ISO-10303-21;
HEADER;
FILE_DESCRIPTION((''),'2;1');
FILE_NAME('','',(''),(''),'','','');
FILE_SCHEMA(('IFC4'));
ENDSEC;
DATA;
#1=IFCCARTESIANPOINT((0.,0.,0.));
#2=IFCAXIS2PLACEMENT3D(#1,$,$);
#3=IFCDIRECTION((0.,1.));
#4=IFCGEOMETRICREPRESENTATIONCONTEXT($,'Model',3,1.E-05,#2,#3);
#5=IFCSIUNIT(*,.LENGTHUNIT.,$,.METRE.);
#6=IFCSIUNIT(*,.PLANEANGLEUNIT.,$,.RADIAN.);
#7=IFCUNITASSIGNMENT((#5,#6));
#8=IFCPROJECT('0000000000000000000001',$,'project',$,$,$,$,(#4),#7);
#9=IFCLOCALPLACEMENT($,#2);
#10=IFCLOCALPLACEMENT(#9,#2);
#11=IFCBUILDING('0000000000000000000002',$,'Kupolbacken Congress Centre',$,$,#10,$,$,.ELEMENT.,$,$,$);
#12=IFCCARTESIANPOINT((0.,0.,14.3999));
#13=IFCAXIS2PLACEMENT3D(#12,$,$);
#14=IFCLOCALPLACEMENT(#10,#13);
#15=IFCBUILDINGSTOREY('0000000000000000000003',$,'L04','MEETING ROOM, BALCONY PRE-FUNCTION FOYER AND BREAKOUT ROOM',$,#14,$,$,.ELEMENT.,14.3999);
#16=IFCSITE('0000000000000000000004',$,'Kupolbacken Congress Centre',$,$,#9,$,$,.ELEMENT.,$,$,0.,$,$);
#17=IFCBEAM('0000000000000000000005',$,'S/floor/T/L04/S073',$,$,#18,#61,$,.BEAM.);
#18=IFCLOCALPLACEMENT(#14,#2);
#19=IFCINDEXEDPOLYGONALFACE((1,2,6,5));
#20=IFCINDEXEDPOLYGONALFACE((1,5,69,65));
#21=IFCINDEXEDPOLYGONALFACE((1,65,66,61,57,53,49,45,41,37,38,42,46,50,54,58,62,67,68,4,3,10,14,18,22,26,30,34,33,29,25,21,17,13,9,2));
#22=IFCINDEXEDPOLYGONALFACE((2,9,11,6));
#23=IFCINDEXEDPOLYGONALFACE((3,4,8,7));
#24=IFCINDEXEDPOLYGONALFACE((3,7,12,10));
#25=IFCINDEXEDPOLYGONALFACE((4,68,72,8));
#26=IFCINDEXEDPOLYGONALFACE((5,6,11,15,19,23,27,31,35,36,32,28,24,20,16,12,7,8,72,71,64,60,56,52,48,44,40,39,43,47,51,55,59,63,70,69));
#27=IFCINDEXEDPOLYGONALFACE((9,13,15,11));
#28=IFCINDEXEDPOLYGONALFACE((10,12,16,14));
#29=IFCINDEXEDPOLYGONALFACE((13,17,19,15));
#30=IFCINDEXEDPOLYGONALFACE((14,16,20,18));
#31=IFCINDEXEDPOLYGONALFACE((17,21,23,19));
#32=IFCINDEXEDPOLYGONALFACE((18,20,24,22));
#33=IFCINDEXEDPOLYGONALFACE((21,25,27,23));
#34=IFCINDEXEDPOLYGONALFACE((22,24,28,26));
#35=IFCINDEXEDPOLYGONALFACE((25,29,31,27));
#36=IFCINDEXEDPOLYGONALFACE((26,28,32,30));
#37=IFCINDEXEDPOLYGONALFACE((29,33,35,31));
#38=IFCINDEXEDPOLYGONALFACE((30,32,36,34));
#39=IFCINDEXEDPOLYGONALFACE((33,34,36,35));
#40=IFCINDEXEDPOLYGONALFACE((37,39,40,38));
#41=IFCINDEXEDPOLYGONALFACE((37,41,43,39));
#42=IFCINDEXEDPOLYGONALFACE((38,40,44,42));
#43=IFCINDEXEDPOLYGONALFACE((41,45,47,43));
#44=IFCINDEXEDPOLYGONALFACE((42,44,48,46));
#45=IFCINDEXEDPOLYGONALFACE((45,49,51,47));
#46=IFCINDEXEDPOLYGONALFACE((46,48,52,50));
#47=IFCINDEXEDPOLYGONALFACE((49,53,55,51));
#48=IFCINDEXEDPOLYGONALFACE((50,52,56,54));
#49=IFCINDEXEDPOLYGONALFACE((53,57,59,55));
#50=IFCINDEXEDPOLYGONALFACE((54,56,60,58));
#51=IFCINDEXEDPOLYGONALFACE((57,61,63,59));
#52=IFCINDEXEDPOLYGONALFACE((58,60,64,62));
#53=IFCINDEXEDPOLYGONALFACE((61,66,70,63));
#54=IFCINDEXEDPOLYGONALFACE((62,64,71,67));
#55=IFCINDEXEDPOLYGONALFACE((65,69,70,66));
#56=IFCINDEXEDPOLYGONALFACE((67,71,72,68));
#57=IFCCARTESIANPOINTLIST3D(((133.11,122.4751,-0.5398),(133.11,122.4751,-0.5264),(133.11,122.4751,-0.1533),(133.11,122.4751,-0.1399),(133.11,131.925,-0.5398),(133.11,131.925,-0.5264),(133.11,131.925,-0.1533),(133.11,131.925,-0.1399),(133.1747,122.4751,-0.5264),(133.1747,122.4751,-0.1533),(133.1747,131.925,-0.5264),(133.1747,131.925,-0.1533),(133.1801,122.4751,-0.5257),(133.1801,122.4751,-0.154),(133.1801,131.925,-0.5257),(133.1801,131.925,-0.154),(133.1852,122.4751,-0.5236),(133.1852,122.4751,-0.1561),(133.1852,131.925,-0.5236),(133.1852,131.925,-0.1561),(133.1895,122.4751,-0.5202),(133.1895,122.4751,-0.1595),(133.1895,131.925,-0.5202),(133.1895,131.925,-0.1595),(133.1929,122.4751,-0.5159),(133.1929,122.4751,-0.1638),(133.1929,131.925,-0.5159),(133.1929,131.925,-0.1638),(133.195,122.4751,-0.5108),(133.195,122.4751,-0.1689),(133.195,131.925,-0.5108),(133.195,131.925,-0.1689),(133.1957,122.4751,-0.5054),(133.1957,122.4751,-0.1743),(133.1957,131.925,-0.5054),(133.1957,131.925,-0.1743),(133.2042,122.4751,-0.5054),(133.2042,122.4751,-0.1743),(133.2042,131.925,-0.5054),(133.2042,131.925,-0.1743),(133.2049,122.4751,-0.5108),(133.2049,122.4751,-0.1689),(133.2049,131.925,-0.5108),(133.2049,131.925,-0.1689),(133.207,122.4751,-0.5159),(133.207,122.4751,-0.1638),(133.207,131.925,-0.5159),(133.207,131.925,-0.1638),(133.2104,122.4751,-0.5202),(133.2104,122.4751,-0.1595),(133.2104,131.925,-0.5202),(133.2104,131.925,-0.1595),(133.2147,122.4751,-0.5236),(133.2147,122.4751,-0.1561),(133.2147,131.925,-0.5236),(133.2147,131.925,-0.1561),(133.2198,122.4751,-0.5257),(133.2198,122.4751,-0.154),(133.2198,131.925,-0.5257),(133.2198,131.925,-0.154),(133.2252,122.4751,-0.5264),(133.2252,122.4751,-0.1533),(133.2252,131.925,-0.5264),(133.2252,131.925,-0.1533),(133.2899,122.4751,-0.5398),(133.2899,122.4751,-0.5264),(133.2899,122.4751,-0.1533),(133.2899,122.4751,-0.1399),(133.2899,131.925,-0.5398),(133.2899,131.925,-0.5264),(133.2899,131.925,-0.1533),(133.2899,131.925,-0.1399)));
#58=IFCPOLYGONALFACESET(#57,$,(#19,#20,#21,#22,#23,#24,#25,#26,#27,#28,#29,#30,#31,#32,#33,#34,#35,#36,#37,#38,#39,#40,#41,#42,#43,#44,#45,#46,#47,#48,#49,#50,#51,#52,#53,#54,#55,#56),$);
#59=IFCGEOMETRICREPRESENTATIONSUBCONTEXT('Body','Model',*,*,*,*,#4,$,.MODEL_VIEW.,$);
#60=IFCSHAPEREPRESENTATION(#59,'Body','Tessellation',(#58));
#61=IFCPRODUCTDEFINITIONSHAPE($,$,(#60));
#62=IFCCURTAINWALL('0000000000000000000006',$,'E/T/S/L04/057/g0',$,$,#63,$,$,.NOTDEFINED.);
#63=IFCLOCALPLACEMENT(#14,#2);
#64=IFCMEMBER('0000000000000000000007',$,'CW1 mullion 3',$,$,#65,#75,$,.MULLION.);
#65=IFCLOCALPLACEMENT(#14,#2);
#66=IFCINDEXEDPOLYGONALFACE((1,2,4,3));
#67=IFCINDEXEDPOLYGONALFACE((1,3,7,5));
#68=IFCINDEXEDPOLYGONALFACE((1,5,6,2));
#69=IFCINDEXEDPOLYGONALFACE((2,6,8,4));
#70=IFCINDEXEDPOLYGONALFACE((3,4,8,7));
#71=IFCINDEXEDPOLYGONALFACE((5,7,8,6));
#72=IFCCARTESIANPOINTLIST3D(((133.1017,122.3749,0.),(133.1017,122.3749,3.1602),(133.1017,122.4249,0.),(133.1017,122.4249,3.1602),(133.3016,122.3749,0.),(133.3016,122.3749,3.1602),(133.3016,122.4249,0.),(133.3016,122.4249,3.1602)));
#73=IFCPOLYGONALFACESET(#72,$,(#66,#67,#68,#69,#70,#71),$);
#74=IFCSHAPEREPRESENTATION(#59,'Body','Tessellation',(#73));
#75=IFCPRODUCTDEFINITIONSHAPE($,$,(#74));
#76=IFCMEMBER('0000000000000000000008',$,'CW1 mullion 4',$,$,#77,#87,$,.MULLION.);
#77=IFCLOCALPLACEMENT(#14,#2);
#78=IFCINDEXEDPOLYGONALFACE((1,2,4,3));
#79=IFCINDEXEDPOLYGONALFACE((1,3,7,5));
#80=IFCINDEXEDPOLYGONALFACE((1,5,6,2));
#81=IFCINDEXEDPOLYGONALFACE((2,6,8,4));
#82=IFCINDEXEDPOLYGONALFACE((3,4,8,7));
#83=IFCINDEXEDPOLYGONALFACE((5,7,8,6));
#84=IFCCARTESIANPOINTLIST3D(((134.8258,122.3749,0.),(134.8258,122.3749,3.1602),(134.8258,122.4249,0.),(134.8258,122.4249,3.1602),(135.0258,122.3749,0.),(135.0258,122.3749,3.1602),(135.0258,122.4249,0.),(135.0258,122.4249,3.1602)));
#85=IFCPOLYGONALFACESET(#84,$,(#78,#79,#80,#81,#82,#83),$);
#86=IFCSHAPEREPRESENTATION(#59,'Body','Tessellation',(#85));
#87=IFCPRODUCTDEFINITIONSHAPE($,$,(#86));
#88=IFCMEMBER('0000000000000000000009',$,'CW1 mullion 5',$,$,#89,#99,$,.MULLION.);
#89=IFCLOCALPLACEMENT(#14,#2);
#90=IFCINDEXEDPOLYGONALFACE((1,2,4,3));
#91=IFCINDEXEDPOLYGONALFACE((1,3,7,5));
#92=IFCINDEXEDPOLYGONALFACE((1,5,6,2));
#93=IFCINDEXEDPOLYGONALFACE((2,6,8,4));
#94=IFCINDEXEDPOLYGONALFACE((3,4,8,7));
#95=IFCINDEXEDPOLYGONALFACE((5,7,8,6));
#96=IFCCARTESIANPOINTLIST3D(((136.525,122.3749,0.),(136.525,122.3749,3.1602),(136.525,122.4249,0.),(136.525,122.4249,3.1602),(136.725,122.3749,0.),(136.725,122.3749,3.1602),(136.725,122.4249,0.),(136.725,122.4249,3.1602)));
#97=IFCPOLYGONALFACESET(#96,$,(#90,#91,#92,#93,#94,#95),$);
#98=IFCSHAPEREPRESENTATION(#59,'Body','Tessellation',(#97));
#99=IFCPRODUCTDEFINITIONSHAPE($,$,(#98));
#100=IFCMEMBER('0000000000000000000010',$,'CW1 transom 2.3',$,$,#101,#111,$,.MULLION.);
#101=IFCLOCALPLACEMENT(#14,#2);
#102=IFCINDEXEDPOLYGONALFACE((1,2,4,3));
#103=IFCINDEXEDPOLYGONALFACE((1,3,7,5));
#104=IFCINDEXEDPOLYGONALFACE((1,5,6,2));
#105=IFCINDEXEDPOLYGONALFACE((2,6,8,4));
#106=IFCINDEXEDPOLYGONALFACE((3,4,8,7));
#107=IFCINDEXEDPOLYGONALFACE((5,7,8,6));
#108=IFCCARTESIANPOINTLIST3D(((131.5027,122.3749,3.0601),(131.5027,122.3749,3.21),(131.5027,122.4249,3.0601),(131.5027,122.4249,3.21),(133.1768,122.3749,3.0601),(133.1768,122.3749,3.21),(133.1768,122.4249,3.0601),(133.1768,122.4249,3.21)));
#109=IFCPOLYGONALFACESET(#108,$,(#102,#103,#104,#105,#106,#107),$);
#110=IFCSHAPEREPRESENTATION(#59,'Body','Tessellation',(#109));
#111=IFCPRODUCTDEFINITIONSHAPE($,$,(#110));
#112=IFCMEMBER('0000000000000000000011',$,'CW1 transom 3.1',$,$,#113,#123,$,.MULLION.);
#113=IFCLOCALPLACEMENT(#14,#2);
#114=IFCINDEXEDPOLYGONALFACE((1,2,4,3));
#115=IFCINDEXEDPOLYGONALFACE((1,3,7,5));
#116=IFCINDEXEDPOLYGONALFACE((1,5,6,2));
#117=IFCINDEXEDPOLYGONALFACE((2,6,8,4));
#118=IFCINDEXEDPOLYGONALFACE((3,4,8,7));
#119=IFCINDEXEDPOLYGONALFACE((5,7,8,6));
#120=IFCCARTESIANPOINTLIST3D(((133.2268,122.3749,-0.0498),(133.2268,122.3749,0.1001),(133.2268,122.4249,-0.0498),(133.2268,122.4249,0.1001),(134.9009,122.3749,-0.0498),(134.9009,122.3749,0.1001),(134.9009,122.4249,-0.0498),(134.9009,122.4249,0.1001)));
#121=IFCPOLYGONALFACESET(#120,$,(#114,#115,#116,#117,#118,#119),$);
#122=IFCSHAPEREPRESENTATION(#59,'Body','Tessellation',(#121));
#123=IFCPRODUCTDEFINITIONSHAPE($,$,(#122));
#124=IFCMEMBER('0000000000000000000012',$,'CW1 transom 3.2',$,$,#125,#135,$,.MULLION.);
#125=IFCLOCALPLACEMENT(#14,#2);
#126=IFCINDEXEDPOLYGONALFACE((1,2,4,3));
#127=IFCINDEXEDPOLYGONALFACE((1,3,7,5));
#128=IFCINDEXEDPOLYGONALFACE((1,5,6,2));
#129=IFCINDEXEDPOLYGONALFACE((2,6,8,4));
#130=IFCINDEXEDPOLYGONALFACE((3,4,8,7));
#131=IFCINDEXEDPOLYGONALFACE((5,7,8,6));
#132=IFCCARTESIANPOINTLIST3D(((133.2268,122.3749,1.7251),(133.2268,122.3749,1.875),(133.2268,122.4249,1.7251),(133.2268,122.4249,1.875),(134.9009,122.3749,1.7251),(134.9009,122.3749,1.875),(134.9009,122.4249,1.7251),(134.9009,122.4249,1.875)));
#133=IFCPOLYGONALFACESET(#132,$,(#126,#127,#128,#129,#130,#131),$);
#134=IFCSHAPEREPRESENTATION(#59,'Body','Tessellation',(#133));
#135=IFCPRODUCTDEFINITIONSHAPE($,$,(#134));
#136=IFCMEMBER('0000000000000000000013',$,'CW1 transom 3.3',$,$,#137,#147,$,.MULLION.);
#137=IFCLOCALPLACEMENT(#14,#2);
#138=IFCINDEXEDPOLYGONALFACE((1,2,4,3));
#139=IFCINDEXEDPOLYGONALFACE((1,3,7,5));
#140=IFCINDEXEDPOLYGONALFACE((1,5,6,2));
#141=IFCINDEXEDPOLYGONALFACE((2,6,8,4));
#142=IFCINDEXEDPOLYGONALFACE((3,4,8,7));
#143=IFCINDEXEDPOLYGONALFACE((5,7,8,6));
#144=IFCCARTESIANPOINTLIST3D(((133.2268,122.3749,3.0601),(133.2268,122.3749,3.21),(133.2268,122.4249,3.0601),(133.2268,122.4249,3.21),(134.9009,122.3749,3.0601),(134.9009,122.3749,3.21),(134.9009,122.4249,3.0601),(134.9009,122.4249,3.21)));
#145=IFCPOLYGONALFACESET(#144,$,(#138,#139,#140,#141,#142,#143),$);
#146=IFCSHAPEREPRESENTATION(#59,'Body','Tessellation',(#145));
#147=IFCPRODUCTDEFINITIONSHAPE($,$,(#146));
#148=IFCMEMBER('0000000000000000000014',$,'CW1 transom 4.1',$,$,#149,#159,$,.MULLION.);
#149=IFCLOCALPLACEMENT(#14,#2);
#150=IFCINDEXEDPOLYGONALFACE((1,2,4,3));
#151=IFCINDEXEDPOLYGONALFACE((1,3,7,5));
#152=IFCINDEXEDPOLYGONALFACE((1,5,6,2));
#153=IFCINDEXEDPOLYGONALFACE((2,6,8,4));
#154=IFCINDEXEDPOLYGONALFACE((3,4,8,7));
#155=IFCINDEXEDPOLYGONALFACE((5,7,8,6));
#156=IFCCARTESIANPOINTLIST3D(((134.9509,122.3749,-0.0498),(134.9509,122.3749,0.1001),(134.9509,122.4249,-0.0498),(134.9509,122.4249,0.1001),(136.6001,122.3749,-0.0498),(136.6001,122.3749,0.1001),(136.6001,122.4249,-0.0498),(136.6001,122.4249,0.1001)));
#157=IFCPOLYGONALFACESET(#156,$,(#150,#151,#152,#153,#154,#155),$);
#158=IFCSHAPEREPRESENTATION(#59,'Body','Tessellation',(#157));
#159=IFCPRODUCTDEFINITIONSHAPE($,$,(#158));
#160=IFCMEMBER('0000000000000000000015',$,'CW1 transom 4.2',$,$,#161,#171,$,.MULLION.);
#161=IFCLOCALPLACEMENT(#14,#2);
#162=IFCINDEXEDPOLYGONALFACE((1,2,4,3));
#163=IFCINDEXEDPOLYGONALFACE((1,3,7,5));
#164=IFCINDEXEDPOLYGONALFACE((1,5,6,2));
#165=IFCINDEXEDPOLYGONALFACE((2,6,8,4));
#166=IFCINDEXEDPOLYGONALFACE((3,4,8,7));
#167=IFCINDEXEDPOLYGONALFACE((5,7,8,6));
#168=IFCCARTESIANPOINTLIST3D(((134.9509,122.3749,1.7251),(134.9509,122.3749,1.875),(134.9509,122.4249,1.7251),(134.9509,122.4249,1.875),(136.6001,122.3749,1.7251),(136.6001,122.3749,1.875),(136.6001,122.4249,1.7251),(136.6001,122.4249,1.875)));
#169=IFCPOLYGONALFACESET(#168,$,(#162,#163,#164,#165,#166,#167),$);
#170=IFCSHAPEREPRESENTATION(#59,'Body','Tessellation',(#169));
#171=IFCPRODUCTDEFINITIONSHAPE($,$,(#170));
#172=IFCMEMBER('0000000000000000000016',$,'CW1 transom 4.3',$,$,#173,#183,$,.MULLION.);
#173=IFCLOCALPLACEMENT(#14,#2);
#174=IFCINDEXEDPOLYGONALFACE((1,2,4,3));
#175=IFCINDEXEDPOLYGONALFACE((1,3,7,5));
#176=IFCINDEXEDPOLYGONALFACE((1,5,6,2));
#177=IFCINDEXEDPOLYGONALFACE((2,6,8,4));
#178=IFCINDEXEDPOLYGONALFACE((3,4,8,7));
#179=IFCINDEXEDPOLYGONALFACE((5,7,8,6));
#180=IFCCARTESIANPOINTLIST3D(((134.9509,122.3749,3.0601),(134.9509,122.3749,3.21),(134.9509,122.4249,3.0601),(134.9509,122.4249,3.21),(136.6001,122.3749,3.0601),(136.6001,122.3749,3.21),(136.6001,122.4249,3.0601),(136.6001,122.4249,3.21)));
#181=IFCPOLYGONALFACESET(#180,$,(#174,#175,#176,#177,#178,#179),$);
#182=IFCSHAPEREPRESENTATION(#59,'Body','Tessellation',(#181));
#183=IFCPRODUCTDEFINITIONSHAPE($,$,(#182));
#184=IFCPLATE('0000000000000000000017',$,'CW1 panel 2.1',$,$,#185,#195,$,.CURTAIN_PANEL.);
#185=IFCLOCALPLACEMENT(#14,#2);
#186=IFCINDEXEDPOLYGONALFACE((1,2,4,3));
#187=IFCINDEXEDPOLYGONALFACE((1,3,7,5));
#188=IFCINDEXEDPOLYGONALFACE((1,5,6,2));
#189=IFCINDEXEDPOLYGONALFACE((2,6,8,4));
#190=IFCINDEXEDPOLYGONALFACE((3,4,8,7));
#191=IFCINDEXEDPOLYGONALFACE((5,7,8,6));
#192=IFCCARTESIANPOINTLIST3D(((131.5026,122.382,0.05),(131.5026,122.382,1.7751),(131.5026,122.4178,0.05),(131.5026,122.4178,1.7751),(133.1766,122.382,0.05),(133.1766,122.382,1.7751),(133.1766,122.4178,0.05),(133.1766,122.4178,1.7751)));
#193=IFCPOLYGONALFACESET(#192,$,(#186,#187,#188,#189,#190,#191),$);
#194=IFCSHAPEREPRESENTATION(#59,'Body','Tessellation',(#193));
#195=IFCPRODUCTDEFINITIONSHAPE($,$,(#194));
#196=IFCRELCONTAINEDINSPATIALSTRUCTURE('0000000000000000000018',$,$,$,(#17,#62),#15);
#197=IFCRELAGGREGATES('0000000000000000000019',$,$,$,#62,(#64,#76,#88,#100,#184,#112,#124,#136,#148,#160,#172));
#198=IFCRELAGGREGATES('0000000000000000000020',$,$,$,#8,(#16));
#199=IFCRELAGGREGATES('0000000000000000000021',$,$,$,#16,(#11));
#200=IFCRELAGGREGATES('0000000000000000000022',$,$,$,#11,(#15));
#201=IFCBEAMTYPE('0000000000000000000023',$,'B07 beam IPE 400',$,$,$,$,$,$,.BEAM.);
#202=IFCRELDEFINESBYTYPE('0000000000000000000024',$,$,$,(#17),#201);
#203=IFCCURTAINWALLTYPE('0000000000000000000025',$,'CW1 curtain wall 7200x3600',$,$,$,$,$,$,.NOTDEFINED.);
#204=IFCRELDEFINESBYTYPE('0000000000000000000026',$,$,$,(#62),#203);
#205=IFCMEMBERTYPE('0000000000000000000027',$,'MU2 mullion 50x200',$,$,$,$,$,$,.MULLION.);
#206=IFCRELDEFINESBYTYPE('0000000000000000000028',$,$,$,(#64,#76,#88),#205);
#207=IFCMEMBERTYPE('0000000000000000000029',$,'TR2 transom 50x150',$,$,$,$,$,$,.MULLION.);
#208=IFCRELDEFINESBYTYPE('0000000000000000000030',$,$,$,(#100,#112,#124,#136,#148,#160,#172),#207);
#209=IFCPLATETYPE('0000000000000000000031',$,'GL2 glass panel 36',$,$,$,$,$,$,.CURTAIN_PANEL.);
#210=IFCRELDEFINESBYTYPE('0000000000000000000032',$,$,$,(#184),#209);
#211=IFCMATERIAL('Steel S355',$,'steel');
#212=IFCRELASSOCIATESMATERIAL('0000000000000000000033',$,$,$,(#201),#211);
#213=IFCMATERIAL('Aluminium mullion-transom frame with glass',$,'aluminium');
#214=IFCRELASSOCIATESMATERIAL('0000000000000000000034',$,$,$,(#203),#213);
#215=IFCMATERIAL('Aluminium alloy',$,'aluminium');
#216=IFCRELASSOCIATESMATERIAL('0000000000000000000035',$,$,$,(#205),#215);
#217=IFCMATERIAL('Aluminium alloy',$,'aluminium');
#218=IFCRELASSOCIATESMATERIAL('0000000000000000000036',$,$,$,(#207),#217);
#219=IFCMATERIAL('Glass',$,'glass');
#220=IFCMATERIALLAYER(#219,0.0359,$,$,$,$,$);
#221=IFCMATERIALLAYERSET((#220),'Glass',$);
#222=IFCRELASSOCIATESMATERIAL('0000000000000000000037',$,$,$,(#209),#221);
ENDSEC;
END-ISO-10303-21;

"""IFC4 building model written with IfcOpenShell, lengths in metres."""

from ifc_helpers import new_model, si_unit, direction, frame, origin, origin_2d, place, context, subcontext, project, spatial, rectangle, i_section, extrude, material, layer, layer_set, material_profile, profile_set, type_object, element, aggregate, save


model = new_model("IFC4")

# Units and contexts
model_context = context("Model", 3, precision=1e-05, world=origin(), true_north=direction((0.0, 1.0)))
body_context = subcontext(model_context, "Body", "Model", "MODEL_VIEW")
ifc_project = project(units=[si_unit("LENGTHUNIT", "METRE"), si_unit("PLANEANGLEUNIT", "RADIAN")], contexts=[model_context])

# Site, building, storey
site_placement = place(None, origin())
site = spatial("IfcSite", under=ifc_project, at=site_placement, Name="Kupolbacken Congress Centre", CompositionType="ELEMENT", RefElevation=0.0)
building_placement = place(site_placement, origin())
building = spatial("IfcBuilding", under=site, at=building_placement, Name="Kupolbacken Congress Centre", CompositionType="ELEMENT")
storey_placement = place(building_placement, frame((0.0, 0.0, 14.3999)))
storey = spatial("IfcBuildingStorey", under=building, at=storey_placement, Name="L04", Description="MEETING ROOM, BALCONY PRE-FUNCTION FOYER AND BREAKOUT ROOM", CompositionType="ELEMENT", Elevation=14.3999)

# Beam
ifc_material_1 = material(Name="Steel S355", Category="steel")
ifc_material_profile_1 = material_profile(ifc_material_1, i_section(OverallWidth=0.1799, OverallDepth=0.3999, WebThickness=0.0085, FlangeThickness=0.0134, FilletRadius=0.021, at=origin_2d()), Name="IPE 400")
ifc_profile_set_1 = profile_set([ifc_material_profile_1], Name="Steel S355")
beam_type = type_object("IfcBeamType", Name="B07 beam IPE 400", PredefinedType="BEAM", material=ifc_profile_set_1)
beam_placement = place(storey_placement, frame((133.2, 122.4751, -0.3398), z_axis=(0.0, 1.0, 0.0), x_axis=(-1.0, 0.0, 0.0)))
element("IfcBeam", 1, at=beam_placement, inside=storey, type_object=beam_type, Name="S/floor/T/L04/S073", PredefinedType="BEAM", context=body_context, shape_type="SweptSolid", body=[
    extrude(i_section(OverallWidth=0.1799, OverallDepth=0.3999, WebThickness=0.0085, FlangeThickness=0.0134, FilletRadius=0.021, at=origin_2d()), origin(), (0.0, 0.0, 1.0), 9.45),
])

# Curtain wall, members, plate
ifc_material_2 = material(Name="Aluminium mullion-transom frame with glass", Category="aluminium")
curtain_wall_type = type_object("IfcCurtainWallType", Name="CW1 curtain wall 7200x3600", PredefinedType="NOTDEFINED", material=ifc_material_2)
curtain_wall_placement = place(storey_placement, origin())
curtain_wall = element("IfcCurtainWall", 2, at=curtain_wall_placement, inside=storey, type_object=curtain_wall_type, Name="E/T/S/L04/057/g0", PredefinedType="NOTDEFINED")
ifc_material_3 = material(Name="Aluminium alloy", Category="aluminium")
ifc_material_profile_2 = material_profile(ifc_material_3, rectangle(XDim=0.05, YDim=0.2, at=origin_2d()), Name="50 x 200")
ifc_profile_set_2 = profile_set([ifc_material_profile_2], Name="Aluminium alloy")
member_type_1 = type_object("IfcMemberType", Name="MU2 mullion 50x200", PredefinedType="MULLION", material=ifc_profile_set_2)
member_1_placement = place(storey_placement, frame((133.2017, 122.3999, 0.0), z_axis=(0.0, 0.0, 1.0), x_axis=(0.0, 1.0, 0.0)))
member_1 = element("IfcMember", 3, at=member_1_placement, type_object=member_type_1, Name="CW1 mullion 3", PredefinedType="MULLION", context=body_context, shape_type="SweptSolid", body=[
    extrude(rectangle(XDim=0.05, YDim=0.2, at=origin_2d()), origin(), (0.0, 0.0, 1.0), 3.1602),
])
member_2_placement = place(storey_placement, frame((134.9258, 122.3999, 0.0), z_axis=(0.0, 0.0, 1.0), x_axis=(0.0, 1.0, 0.0)))
member_2 = element("IfcMember", 4, at=member_2_placement, type_object=member_type_1, Name="CW1 mullion 4", PredefinedType="MULLION", context=body_context, shape_type="SweptSolid", body=[
    extrude(rectangle(XDim=0.05, YDim=0.2, at=origin_2d()), origin(), (0.0, 0.0, 1.0), 3.1602),
])
member_3_placement = place(storey_placement, frame((136.625, 122.3999, 0.0), z_axis=(0.0, 0.0, 1.0), x_axis=(0.0, 1.0, 0.0)))
member_3 = element("IfcMember", 5, at=member_3_placement, type_object=member_type_1, Name="CW1 mullion 5", PredefinedType="MULLION", context=body_context, shape_type="SweptSolid", body=[
    extrude(rectangle(XDim=0.05, YDim=0.2, at=origin_2d()), origin(), (0.0, 0.0, 1.0), 3.1602),
])
ifc_material_4 = material(Name="Aluminium alloy", Category="aluminium")
ifc_material_profile_3 = material_profile(ifc_material_4, rectangle(XDim=0.05, YDim=0.1499, at=origin_2d()), Name="50 x 150")
ifc_profile_set_3 = profile_set([ifc_material_profile_3], Name="Aluminium alloy")
member_type_2 = type_object("IfcMemberType", Name="TR2 transom 50x150", PredefinedType="MULLION", material=ifc_profile_set_3)
member_4_placement = place(storey_placement, frame((131.5027, 122.3999, 3.135), z_axis=(1.0, 0.0, 0.0), x_axis=(0.0, 1.0, 0.0)))
member_4 = element("IfcMember", 6, at=member_4_placement, type_object=member_type_2, Name="CW1 transom 2.3", PredefinedType="MULLION", context=body_context, shape_type="SweptSolid", body=[
    extrude(rectangle(XDim=0.05, YDim=0.1499, at=origin_2d()), origin(), (0.0, 0.0, 1.0), 1.6741),
])
member_5_placement = place(storey_placement, frame((133.2268, 122.3999, 0.0251), z_axis=(1.0, 0.0, 0.0), x_axis=(0.0, 1.0, 0.0)))
member_5 = element("IfcMember", 7, at=member_5_placement, type_object=member_type_2, Name="CW1 transom 3.1", PredefinedType="MULLION", context=body_context, shape_type="SweptSolid", body=[
    extrude(rectangle(XDim=0.05, YDim=0.1499, at=origin_2d()), origin(), (0.0, 0.0, 1.0), 1.6741),
])
member_6_placement = place(storey_placement, frame((133.2268, 122.3999, 1.8), z_axis=(1.0, 0.0, 0.0), x_axis=(0.0, 1.0, 0.0)))
member_6 = element("IfcMember", 8, at=member_6_placement, type_object=member_type_2, Name="CW1 transom 3.2", PredefinedType="MULLION", context=body_context, shape_type="SweptSolid", body=[
    extrude(rectangle(XDim=0.05, YDim=0.1499, at=origin_2d()), origin(), (0.0, 0.0, 1.0), 1.6741),
])
member_7_placement = place(storey_placement, frame((133.2268, 122.3999, 3.135), z_axis=(1.0, 0.0, 0.0), x_axis=(0.0, 1.0, 0.0)))
member_7 = element("IfcMember", 9, at=member_7_placement, type_object=member_type_2, Name="CW1 transom 3.3", PredefinedType="MULLION", context=body_context, shape_type="SweptSolid", body=[
    extrude(rectangle(XDim=0.05, YDim=0.1499, at=origin_2d()), origin(), (0.0, 0.0, 1.0), 1.6741),
])
member_8_placement = place(storey_placement, frame((134.9509, 122.3999, 0.0251), z_axis=(1.0, 0.0, 0.0), x_axis=(0.0, 1.0, 0.0)))
member_8 = element("IfcMember", 10, at=member_8_placement, type_object=member_type_2, Name="CW1 transom 4.1", PredefinedType="MULLION", context=body_context, shape_type="SweptSolid", body=[
    extrude(rectangle(XDim=0.05, YDim=0.1499, at=origin_2d()), origin(), (0.0, 0.0, 1.0), 1.6492),
])
member_9_placement = place(storey_placement, frame((134.9509, 122.3999, 1.8), z_axis=(1.0, 0.0, 0.0), x_axis=(0.0, 1.0, 0.0)))
member_9 = element("IfcMember", 11, at=member_9_placement, type_object=member_type_2, Name="CW1 transom 4.2", PredefinedType="MULLION", context=body_context, shape_type="SweptSolid", body=[
    extrude(rectangle(XDim=0.05, YDim=0.1499, at=origin_2d()), origin(), (0.0, 0.0, 1.0), 1.6492),
])
member_10_placement = place(storey_placement, frame((134.9509, 122.3999, 3.135), z_axis=(1.0, 0.0, 0.0), x_axis=(0.0, 1.0, 0.0)))
member_10 = element("IfcMember", 12, at=member_10_placement, type_object=member_type_2, Name="CW1 transom 4.3", PredefinedType="MULLION", context=body_context, shape_type="SweptSolid", body=[
    extrude(rectangle(XDim=0.05, YDim=0.1499, at=origin_2d()), origin(), (0.0, 0.0, 1.0), 1.6492),
])
ifc_material_5 = material(Name="Glass", Category="glass")
ifc_layer_1 = layer(ifc_material_5, 0.0359)
ifc_layer_set_1 = layer_set([ifc_layer_1], Name="Glass")
plate_type = type_object("IfcPlateType", Name="GL2 glass panel 36", PredefinedType="CURTAIN_PANEL", material=ifc_layer_set_1)
plate_1_placement = place(storey_placement, frame((132.3396, 122.3999, 0.05), z_axis=(0.0, 0.0, 1.0), x_axis=(1.0, 0.0, 0.0)))
plate_1 = element("IfcPlate", 13, at=plate_1_placement, type_object=plate_type, Name="CW1 panel 2.1", PredefinedType="CURTAIN_PANEL", context=body_context, shape_type="SweptSolid", body=[
    extrude(rectangle(XDim=1.6741, YDim=0.0359, at=origin_2d()), origin(), (0.0, 0.0, 1.0), 1.7251),
])
aggregate(curtain_wall, [member_1, member_2, member_3, member_4, plate_1, member_5, member_6, member_7, member_8, member_9, member_10])

save(model, "model.ifc")
